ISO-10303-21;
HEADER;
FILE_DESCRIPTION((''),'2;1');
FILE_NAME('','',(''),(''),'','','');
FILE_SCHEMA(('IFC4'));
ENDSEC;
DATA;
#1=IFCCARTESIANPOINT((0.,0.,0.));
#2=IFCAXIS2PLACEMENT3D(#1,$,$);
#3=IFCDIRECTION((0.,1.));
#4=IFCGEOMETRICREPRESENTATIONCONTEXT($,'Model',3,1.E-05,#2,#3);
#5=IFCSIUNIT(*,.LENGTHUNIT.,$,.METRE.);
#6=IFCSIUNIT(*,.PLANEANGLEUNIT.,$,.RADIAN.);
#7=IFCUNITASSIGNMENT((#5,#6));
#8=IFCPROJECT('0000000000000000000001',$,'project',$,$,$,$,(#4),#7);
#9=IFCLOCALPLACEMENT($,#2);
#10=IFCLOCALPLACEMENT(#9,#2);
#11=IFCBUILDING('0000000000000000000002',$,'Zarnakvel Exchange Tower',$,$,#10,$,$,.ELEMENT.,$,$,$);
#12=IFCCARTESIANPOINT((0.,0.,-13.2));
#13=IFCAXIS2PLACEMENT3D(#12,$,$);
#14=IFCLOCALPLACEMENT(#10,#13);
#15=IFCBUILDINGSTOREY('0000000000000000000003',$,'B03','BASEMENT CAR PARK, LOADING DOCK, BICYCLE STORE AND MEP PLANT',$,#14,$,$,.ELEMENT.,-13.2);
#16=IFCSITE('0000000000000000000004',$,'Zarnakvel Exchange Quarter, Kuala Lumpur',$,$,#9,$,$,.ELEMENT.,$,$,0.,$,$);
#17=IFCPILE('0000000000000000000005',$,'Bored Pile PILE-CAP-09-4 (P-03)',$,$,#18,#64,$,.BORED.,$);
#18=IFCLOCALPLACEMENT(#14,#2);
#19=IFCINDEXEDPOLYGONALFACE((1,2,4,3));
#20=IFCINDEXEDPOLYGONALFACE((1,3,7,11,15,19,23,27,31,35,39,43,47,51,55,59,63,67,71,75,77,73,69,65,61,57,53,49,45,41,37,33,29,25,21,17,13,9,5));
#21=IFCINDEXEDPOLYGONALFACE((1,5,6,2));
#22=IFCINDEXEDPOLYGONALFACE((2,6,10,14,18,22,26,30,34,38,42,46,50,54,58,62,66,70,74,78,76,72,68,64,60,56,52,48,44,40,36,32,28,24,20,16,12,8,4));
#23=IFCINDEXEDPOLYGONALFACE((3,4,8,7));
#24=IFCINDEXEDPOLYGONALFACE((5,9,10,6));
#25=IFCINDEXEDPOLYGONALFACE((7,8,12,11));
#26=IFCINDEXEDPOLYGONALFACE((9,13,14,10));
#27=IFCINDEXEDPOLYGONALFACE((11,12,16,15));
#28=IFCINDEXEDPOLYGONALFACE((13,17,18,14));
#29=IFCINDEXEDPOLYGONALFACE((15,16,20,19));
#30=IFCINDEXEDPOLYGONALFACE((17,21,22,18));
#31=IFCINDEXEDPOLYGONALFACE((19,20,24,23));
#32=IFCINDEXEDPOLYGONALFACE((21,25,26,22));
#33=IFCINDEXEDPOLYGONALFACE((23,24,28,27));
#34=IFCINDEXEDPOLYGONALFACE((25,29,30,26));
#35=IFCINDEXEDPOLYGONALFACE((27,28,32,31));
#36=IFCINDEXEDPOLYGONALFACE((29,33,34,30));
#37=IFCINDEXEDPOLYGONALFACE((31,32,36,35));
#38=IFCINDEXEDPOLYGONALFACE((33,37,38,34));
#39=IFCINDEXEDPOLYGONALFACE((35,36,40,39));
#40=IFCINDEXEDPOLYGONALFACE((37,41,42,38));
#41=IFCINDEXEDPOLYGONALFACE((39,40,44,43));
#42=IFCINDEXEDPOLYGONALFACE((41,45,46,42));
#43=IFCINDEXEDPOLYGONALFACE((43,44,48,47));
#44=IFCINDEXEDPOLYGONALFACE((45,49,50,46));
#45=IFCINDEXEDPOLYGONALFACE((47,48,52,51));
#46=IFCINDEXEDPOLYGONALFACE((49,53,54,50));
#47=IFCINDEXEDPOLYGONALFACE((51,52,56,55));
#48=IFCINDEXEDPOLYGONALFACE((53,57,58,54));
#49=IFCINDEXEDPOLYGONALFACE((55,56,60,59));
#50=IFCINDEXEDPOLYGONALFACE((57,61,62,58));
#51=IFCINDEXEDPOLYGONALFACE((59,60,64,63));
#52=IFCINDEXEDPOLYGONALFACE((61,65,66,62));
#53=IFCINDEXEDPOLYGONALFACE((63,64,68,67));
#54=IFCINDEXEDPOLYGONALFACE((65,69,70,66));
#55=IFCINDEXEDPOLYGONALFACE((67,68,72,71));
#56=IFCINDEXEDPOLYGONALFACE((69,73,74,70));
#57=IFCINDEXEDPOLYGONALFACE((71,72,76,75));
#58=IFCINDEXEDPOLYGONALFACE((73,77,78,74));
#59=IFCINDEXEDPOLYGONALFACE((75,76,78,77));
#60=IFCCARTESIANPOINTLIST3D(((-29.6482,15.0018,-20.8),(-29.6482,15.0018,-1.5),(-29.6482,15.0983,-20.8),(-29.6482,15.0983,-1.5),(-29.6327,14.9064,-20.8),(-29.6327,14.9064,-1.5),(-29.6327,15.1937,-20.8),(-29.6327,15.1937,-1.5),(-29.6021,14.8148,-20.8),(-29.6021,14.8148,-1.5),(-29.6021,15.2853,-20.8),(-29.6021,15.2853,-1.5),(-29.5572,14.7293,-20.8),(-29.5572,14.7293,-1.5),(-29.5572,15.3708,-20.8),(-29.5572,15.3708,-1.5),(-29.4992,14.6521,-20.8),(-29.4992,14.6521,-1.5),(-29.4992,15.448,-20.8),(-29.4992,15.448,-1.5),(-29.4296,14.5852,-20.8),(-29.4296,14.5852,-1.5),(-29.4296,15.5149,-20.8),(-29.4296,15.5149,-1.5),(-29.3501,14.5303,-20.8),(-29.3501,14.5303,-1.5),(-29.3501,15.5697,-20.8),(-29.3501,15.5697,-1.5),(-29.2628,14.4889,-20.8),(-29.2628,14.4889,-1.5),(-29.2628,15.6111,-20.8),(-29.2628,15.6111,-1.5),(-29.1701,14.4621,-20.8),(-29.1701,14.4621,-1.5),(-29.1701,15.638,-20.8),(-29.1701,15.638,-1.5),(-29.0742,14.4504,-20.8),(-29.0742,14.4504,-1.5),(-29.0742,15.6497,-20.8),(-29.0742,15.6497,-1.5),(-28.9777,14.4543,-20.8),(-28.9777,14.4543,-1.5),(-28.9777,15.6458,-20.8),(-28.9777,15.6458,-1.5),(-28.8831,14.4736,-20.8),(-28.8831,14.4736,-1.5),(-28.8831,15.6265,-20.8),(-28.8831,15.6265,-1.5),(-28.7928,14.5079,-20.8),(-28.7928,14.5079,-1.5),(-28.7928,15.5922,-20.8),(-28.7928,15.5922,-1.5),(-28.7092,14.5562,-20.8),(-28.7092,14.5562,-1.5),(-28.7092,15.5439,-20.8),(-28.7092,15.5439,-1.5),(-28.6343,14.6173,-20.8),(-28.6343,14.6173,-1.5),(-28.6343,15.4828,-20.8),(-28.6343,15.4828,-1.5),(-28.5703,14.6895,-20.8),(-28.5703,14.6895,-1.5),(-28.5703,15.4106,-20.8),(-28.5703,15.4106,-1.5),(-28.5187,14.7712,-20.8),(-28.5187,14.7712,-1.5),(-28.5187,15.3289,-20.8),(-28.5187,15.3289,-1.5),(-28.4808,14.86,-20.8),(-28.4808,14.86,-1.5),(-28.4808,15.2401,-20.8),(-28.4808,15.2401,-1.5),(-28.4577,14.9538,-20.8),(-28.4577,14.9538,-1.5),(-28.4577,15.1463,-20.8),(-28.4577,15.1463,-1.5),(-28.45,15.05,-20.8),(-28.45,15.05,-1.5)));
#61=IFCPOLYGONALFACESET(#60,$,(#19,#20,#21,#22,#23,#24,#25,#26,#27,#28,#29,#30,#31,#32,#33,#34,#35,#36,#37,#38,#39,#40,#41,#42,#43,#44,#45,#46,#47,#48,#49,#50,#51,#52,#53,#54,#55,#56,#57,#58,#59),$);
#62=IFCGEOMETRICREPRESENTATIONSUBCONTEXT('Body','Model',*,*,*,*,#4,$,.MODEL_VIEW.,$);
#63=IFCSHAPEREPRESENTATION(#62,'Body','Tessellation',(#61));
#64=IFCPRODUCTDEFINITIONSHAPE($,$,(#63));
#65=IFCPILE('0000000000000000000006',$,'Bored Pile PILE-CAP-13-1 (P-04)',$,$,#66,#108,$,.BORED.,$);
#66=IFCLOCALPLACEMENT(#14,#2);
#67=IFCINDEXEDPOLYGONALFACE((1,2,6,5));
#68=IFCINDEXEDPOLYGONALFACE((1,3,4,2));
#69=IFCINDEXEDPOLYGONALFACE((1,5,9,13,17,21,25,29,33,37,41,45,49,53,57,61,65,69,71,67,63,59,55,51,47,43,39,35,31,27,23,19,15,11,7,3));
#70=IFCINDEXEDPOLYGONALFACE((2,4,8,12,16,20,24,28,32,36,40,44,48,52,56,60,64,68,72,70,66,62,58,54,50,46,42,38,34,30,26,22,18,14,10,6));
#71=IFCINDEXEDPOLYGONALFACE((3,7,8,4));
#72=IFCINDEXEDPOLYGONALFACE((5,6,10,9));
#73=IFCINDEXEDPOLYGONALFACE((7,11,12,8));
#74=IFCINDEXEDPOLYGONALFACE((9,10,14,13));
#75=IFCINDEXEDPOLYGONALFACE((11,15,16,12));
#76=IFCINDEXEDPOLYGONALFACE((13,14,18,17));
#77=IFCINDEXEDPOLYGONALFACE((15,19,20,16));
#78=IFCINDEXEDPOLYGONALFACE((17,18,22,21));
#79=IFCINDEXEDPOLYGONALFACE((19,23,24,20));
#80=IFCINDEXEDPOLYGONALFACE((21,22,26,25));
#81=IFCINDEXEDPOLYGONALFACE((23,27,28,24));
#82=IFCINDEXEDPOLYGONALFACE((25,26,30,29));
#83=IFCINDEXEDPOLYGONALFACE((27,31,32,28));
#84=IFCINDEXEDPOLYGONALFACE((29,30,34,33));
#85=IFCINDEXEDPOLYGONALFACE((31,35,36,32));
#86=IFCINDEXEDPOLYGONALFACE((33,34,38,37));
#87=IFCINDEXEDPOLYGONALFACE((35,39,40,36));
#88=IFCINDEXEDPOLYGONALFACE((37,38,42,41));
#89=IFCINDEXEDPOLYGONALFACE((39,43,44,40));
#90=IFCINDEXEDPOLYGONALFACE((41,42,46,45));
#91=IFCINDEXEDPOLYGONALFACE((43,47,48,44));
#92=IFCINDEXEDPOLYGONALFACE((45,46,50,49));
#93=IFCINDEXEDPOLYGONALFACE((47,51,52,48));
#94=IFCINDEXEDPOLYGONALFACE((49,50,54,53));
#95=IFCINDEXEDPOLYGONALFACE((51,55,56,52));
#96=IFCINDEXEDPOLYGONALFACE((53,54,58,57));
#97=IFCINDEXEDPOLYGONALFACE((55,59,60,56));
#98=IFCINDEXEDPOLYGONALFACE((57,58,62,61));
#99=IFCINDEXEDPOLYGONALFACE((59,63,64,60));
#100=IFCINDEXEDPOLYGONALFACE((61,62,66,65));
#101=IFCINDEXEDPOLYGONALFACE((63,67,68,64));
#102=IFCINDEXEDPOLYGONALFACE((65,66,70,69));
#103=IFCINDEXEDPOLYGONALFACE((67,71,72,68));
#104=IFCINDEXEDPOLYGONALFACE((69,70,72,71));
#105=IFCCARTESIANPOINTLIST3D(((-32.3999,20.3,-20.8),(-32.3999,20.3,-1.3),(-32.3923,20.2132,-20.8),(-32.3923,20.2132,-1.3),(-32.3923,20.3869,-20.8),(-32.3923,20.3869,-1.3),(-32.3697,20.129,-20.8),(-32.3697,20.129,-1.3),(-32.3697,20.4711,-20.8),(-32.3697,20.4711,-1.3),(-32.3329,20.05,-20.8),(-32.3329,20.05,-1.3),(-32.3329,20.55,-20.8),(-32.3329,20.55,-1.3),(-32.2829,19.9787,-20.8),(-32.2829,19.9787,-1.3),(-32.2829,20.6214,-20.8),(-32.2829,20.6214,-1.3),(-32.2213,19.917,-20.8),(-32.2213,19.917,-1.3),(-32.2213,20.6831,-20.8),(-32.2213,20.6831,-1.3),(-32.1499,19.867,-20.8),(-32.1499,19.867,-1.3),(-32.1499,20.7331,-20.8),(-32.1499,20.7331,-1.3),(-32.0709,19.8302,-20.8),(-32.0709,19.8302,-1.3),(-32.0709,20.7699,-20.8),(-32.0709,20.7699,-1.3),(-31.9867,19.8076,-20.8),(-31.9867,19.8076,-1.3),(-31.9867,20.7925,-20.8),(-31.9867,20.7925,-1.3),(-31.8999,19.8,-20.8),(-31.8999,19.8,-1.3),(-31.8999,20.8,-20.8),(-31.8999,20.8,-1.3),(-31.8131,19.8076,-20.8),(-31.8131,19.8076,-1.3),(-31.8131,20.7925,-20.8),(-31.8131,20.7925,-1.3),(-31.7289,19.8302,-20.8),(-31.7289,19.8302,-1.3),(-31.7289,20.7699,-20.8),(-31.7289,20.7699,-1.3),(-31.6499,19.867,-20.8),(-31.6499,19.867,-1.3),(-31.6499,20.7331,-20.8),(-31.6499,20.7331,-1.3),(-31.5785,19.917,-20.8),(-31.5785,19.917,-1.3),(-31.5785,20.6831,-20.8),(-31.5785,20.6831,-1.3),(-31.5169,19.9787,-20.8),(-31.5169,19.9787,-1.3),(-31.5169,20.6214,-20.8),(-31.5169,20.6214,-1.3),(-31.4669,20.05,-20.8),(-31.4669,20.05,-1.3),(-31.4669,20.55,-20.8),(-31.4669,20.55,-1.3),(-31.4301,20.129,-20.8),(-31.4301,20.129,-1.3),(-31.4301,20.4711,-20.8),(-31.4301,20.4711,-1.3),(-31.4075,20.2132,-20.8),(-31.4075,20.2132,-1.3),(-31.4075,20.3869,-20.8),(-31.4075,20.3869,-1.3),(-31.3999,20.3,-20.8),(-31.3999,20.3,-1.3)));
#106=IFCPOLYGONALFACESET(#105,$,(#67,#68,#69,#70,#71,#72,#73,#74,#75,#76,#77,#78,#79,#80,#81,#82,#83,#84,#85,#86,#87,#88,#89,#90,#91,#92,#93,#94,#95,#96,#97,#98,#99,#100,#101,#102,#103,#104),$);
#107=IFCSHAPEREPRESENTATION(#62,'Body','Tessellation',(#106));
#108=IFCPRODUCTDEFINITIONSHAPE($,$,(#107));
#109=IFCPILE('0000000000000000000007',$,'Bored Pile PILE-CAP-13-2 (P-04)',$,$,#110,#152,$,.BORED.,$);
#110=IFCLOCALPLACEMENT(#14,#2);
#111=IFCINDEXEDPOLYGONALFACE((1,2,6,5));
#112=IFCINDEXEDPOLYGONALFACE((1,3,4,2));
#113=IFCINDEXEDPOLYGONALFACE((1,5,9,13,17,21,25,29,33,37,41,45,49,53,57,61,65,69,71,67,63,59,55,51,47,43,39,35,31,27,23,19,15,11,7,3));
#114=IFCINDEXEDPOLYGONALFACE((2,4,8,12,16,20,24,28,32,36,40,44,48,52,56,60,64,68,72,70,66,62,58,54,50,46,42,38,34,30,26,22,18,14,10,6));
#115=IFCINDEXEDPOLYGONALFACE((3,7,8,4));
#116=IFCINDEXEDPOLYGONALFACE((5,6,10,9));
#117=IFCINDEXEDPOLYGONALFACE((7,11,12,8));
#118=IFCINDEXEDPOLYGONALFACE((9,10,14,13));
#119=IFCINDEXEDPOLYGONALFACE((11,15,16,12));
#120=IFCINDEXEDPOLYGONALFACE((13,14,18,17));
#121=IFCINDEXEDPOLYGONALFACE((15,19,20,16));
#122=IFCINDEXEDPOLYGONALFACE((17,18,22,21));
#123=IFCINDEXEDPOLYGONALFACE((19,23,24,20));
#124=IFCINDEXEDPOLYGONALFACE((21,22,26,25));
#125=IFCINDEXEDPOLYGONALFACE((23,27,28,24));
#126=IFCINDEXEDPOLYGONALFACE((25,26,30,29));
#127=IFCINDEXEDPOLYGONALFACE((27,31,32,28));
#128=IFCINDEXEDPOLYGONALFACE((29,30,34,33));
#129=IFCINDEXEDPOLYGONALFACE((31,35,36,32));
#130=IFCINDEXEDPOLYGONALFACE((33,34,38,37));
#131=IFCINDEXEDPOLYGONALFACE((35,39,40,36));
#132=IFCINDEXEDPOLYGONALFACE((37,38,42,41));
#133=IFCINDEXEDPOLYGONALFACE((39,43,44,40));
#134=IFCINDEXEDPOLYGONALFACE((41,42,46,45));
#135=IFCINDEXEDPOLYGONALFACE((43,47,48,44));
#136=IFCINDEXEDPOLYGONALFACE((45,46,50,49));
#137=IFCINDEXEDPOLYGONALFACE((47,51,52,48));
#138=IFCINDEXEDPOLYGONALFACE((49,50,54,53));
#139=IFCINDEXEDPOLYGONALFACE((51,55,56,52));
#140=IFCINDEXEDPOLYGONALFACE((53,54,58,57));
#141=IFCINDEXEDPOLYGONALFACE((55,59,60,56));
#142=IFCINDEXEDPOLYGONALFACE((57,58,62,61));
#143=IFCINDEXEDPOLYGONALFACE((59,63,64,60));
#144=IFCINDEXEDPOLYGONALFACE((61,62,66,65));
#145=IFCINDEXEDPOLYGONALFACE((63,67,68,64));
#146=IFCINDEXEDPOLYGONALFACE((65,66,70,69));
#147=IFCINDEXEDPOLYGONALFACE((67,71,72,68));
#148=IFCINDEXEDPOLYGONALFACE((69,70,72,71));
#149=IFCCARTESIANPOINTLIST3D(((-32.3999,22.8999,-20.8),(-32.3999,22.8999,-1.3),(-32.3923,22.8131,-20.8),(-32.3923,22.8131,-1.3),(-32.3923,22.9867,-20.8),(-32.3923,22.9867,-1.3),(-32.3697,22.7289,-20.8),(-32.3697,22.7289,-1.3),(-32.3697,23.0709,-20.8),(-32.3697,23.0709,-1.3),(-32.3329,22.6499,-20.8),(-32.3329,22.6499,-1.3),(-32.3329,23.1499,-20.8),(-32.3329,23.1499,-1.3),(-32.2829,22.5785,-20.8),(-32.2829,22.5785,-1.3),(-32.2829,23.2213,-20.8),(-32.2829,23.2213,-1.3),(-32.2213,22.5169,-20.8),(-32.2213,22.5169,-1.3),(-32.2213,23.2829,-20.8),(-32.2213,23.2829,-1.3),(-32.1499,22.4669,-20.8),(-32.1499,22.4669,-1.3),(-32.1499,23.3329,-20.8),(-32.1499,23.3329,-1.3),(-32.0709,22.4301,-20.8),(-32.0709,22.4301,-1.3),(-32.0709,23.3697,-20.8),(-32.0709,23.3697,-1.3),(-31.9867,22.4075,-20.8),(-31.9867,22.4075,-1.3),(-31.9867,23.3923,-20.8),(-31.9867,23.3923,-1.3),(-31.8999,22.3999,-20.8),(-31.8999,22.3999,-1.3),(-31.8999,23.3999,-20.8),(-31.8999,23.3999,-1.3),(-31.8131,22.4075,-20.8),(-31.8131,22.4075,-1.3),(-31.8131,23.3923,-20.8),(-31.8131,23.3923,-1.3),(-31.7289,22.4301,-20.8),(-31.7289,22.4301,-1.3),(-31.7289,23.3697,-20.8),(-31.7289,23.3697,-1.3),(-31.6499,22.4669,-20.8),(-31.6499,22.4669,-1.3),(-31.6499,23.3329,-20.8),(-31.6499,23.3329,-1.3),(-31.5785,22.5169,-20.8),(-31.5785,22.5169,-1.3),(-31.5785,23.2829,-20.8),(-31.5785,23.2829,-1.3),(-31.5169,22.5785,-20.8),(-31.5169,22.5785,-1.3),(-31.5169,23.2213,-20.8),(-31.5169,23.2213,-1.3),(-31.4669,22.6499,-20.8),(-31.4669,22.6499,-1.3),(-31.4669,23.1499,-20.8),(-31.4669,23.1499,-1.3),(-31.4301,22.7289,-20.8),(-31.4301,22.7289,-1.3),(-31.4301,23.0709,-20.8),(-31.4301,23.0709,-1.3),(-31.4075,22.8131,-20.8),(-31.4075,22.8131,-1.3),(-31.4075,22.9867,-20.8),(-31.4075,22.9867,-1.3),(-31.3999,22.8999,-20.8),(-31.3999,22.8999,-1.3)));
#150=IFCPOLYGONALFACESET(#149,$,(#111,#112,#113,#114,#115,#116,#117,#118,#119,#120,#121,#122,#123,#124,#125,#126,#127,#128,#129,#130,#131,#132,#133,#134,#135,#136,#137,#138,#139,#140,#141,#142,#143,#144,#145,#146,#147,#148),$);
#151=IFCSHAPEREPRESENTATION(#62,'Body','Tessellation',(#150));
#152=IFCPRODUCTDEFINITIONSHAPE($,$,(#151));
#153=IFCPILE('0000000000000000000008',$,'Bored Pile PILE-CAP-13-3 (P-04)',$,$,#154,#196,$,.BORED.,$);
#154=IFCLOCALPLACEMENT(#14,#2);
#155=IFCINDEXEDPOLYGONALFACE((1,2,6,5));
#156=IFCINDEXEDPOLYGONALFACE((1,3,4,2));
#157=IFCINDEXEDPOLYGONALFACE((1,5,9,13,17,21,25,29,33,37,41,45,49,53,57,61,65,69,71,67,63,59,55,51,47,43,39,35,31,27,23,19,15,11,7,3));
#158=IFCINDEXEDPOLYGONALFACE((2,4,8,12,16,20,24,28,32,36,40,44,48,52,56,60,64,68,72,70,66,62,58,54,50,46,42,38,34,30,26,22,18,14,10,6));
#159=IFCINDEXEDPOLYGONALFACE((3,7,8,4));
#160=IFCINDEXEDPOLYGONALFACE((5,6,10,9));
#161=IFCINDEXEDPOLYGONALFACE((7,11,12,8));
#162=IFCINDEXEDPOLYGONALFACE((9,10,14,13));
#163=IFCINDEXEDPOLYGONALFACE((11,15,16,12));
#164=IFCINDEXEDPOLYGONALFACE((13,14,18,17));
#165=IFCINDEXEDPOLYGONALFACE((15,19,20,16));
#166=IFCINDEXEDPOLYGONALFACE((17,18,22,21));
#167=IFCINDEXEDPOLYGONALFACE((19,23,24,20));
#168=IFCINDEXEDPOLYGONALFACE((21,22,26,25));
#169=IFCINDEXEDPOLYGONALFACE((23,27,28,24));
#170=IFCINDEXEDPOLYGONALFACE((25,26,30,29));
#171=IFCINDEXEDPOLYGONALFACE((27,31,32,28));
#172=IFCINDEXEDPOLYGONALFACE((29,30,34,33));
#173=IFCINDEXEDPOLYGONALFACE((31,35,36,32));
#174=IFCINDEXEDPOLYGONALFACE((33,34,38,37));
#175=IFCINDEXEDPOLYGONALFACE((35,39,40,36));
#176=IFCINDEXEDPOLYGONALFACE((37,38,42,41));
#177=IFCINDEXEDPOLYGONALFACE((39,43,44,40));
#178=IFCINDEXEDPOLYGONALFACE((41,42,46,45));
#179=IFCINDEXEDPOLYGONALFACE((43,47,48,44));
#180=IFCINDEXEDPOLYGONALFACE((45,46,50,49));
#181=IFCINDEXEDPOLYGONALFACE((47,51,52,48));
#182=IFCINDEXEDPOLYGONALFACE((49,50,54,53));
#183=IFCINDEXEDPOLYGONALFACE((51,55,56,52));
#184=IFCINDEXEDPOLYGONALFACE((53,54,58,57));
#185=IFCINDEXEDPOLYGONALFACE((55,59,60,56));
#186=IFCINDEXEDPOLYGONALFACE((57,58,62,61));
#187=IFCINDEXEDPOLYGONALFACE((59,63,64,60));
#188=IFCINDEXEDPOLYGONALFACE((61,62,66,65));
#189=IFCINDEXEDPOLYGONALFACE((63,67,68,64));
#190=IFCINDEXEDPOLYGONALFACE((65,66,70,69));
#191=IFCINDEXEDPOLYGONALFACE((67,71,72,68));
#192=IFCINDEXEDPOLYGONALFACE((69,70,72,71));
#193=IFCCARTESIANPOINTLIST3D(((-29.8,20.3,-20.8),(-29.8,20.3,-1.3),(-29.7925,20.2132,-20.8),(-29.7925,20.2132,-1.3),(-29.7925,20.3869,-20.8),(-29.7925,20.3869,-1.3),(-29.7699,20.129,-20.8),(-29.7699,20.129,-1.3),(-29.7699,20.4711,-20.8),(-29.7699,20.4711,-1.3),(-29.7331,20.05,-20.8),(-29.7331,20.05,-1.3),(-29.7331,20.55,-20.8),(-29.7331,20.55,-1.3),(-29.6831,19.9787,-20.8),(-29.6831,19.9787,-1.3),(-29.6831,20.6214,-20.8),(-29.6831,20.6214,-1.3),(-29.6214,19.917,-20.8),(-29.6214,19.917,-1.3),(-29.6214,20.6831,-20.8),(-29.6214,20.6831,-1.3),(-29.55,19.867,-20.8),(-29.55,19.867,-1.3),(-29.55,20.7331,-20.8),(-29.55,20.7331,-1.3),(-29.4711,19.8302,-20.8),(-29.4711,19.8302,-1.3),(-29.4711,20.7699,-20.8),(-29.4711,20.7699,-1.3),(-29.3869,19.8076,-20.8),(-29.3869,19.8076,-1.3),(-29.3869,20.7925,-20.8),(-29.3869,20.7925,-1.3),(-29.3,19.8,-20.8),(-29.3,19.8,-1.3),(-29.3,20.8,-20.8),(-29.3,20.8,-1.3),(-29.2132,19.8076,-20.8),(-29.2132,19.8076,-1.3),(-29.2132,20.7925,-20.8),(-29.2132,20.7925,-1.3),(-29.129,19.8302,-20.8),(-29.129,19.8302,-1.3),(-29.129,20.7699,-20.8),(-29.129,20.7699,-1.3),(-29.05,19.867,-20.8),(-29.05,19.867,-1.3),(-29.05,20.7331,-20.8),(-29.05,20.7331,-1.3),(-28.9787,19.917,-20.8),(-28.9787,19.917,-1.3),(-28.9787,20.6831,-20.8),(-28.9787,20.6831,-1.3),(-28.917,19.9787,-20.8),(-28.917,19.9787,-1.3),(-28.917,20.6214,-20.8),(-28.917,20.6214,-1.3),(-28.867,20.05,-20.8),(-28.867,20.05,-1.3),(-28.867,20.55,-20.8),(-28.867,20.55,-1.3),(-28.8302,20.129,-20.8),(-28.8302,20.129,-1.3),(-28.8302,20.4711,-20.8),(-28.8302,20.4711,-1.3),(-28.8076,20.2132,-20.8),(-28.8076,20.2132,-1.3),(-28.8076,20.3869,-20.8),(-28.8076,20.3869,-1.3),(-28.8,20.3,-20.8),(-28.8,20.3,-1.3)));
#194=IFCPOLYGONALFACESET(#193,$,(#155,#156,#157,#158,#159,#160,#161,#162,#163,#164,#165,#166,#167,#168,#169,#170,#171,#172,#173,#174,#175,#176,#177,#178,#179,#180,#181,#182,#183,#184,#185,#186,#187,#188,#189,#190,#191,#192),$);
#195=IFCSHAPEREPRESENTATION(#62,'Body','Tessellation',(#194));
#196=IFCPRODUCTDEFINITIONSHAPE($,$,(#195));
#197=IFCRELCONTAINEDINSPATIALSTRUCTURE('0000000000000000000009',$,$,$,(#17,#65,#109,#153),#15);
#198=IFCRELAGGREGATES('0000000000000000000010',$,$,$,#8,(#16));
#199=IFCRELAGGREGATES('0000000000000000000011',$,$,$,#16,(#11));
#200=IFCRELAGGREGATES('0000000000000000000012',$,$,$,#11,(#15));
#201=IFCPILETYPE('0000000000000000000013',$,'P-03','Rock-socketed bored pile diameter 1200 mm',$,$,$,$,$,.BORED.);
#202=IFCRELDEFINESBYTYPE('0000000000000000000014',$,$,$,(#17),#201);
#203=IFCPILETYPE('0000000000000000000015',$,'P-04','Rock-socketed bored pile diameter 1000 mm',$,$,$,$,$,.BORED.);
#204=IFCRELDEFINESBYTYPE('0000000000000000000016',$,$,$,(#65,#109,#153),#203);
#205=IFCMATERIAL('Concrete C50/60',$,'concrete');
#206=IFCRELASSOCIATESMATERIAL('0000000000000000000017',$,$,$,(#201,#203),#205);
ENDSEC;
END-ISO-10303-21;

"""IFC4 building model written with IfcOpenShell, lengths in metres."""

from ifc_helpers import new_model, si_unit, direction, frame, origin, origin_2d, place, context, subcontext, project, spatial, circle, extrude, material, material_profile, profile_set, type_object, element, save


model = new_model("IFC4")

# Units and contexts
model_context = context("Model", 3, precision=1e-05, world=origin(), true_north=direction((0.0, 1.0)))
body_context = subcontext(model_context, "Body", "Model", "MODEL_VIEW")
ifc_project = project(units=[si_unit("LENGTHUNIT", "METRE"), si_unit("PLANEANGLEUNIT", "RADIAN")], contexts=[model_context])

# Site, building, storey
site_placement = place(None, origin())
site = spatial("IfcSite", under=ifc_project, at=site_placement, Name="Zarnakvel Exchange Quarter, Kuala Lumpur", CompositionType="ELEMENT", RefElevation=0.0)
building_placement = place(site_placement, origin())
building = spatial("IfcBuilding", under=site, at=building_placement, Name="Zarnakvel Exchange Tower", CompositionType="ELEMENT")
storey_placement = place(building_placement, frame((0.0, 0.0, -13.2)))
storey = spatial("IfcBuildingStorey", under=building, at=storey_placement, Name="B03", Description="BASEMENT CAR PARK, LOADING DOCK, BICYCLE STORE AND MEP PLANT", CompositionType="ELEMENT", Elevation=-13.2)

# Shared definitions
ifc_material_1 = material(Name="Concrete C50/60", Category="concrete")

# Piles
ifc_material_profile_1 = material_profile(ifc_material_1, circle(Radius=0.6001, at=origin_2d()))
ifc_profile_set_1 = profile_set([ifc_material_profile_1], Name="Concrete C50/60")
pile_type_1 = type_object("IfcPileType", Name="P-03", Description="Rock-socketed bored pile diameter 1200 mm", PredefinedType="BORED", material=ifc_profile_set_1)
for number, where, z_axis, x_axis, name in (
    (1, (-29.05, 15.05, -1.5), (0.0, 0.0, -1.0), (1.0, 0.0, 0.0), "Bored Pile PILE-CAP-09-4 (P-03)"),
):
    element("IfcPile", number, at=place(storey_placement, frame(where, z_axis=z_axis, x_axis=x_axis)), inside=storey, type_object=pile_type_1, Name=name, PredefinedType="BORED", context=body_context, shape_type="SweptSolid", body=[
        extrude(circle(Radius=0.6001, at=origin_2d()), origin(), (0.0, 0.0, 1.0), 19.3),
    ])
ifc_material_profile_2 = material_profile(ifc_material_1, circle(Radius=0.5, at=origin_2d()))
ifc_profile_set_2 = profile_set([ifc_material_profile_2], Name="Concrete C50/60")
pile_type_2 = type_object("IfcPileType", Name="P-04", Description="Rock-socketed bored pile diameter 1000 mm", PredefinedType="BORED", material=ifc_profile_set_2)
for number, where, z_axis, x_axis, name in (
    (2, (-31.8999, 20.3, -1.3), (0.0, 0.0, -1.0), (1.0, 0.0, 0.0), "Bored Pile PILE-CAP-13-1 (P-04)"),
    (3, (-31.8999, 22.8999, -1.3), (0.0, 0.0, -1.0), (1.0, 0.0, 0.0), "Bored Pile PILE-CAP-13-2 (P-04)"),
    (4, (-29.3, 20.3, -1.3), (0.0, 0.0, -1.0), (1.0, 0.0, 0.0), "Bored Pile PILE-CAP-13-3 (P-04)"),
):
    element("IfcPile", number, at=place(storey_placement, frame(where, z_axis=z_axis, x_axis=x_axis)), inside=storey, type_object=pile_type_2, Name=name, PredefinedType="BORED", context=body_context, shape_type="SweptSolid", body=[
        extrude(circle(Radius=0.5, at=origin_2d()), origin(), (0.0, 0.0, 1.0), 19.5),
    ])

save(model, "model.ifc")
